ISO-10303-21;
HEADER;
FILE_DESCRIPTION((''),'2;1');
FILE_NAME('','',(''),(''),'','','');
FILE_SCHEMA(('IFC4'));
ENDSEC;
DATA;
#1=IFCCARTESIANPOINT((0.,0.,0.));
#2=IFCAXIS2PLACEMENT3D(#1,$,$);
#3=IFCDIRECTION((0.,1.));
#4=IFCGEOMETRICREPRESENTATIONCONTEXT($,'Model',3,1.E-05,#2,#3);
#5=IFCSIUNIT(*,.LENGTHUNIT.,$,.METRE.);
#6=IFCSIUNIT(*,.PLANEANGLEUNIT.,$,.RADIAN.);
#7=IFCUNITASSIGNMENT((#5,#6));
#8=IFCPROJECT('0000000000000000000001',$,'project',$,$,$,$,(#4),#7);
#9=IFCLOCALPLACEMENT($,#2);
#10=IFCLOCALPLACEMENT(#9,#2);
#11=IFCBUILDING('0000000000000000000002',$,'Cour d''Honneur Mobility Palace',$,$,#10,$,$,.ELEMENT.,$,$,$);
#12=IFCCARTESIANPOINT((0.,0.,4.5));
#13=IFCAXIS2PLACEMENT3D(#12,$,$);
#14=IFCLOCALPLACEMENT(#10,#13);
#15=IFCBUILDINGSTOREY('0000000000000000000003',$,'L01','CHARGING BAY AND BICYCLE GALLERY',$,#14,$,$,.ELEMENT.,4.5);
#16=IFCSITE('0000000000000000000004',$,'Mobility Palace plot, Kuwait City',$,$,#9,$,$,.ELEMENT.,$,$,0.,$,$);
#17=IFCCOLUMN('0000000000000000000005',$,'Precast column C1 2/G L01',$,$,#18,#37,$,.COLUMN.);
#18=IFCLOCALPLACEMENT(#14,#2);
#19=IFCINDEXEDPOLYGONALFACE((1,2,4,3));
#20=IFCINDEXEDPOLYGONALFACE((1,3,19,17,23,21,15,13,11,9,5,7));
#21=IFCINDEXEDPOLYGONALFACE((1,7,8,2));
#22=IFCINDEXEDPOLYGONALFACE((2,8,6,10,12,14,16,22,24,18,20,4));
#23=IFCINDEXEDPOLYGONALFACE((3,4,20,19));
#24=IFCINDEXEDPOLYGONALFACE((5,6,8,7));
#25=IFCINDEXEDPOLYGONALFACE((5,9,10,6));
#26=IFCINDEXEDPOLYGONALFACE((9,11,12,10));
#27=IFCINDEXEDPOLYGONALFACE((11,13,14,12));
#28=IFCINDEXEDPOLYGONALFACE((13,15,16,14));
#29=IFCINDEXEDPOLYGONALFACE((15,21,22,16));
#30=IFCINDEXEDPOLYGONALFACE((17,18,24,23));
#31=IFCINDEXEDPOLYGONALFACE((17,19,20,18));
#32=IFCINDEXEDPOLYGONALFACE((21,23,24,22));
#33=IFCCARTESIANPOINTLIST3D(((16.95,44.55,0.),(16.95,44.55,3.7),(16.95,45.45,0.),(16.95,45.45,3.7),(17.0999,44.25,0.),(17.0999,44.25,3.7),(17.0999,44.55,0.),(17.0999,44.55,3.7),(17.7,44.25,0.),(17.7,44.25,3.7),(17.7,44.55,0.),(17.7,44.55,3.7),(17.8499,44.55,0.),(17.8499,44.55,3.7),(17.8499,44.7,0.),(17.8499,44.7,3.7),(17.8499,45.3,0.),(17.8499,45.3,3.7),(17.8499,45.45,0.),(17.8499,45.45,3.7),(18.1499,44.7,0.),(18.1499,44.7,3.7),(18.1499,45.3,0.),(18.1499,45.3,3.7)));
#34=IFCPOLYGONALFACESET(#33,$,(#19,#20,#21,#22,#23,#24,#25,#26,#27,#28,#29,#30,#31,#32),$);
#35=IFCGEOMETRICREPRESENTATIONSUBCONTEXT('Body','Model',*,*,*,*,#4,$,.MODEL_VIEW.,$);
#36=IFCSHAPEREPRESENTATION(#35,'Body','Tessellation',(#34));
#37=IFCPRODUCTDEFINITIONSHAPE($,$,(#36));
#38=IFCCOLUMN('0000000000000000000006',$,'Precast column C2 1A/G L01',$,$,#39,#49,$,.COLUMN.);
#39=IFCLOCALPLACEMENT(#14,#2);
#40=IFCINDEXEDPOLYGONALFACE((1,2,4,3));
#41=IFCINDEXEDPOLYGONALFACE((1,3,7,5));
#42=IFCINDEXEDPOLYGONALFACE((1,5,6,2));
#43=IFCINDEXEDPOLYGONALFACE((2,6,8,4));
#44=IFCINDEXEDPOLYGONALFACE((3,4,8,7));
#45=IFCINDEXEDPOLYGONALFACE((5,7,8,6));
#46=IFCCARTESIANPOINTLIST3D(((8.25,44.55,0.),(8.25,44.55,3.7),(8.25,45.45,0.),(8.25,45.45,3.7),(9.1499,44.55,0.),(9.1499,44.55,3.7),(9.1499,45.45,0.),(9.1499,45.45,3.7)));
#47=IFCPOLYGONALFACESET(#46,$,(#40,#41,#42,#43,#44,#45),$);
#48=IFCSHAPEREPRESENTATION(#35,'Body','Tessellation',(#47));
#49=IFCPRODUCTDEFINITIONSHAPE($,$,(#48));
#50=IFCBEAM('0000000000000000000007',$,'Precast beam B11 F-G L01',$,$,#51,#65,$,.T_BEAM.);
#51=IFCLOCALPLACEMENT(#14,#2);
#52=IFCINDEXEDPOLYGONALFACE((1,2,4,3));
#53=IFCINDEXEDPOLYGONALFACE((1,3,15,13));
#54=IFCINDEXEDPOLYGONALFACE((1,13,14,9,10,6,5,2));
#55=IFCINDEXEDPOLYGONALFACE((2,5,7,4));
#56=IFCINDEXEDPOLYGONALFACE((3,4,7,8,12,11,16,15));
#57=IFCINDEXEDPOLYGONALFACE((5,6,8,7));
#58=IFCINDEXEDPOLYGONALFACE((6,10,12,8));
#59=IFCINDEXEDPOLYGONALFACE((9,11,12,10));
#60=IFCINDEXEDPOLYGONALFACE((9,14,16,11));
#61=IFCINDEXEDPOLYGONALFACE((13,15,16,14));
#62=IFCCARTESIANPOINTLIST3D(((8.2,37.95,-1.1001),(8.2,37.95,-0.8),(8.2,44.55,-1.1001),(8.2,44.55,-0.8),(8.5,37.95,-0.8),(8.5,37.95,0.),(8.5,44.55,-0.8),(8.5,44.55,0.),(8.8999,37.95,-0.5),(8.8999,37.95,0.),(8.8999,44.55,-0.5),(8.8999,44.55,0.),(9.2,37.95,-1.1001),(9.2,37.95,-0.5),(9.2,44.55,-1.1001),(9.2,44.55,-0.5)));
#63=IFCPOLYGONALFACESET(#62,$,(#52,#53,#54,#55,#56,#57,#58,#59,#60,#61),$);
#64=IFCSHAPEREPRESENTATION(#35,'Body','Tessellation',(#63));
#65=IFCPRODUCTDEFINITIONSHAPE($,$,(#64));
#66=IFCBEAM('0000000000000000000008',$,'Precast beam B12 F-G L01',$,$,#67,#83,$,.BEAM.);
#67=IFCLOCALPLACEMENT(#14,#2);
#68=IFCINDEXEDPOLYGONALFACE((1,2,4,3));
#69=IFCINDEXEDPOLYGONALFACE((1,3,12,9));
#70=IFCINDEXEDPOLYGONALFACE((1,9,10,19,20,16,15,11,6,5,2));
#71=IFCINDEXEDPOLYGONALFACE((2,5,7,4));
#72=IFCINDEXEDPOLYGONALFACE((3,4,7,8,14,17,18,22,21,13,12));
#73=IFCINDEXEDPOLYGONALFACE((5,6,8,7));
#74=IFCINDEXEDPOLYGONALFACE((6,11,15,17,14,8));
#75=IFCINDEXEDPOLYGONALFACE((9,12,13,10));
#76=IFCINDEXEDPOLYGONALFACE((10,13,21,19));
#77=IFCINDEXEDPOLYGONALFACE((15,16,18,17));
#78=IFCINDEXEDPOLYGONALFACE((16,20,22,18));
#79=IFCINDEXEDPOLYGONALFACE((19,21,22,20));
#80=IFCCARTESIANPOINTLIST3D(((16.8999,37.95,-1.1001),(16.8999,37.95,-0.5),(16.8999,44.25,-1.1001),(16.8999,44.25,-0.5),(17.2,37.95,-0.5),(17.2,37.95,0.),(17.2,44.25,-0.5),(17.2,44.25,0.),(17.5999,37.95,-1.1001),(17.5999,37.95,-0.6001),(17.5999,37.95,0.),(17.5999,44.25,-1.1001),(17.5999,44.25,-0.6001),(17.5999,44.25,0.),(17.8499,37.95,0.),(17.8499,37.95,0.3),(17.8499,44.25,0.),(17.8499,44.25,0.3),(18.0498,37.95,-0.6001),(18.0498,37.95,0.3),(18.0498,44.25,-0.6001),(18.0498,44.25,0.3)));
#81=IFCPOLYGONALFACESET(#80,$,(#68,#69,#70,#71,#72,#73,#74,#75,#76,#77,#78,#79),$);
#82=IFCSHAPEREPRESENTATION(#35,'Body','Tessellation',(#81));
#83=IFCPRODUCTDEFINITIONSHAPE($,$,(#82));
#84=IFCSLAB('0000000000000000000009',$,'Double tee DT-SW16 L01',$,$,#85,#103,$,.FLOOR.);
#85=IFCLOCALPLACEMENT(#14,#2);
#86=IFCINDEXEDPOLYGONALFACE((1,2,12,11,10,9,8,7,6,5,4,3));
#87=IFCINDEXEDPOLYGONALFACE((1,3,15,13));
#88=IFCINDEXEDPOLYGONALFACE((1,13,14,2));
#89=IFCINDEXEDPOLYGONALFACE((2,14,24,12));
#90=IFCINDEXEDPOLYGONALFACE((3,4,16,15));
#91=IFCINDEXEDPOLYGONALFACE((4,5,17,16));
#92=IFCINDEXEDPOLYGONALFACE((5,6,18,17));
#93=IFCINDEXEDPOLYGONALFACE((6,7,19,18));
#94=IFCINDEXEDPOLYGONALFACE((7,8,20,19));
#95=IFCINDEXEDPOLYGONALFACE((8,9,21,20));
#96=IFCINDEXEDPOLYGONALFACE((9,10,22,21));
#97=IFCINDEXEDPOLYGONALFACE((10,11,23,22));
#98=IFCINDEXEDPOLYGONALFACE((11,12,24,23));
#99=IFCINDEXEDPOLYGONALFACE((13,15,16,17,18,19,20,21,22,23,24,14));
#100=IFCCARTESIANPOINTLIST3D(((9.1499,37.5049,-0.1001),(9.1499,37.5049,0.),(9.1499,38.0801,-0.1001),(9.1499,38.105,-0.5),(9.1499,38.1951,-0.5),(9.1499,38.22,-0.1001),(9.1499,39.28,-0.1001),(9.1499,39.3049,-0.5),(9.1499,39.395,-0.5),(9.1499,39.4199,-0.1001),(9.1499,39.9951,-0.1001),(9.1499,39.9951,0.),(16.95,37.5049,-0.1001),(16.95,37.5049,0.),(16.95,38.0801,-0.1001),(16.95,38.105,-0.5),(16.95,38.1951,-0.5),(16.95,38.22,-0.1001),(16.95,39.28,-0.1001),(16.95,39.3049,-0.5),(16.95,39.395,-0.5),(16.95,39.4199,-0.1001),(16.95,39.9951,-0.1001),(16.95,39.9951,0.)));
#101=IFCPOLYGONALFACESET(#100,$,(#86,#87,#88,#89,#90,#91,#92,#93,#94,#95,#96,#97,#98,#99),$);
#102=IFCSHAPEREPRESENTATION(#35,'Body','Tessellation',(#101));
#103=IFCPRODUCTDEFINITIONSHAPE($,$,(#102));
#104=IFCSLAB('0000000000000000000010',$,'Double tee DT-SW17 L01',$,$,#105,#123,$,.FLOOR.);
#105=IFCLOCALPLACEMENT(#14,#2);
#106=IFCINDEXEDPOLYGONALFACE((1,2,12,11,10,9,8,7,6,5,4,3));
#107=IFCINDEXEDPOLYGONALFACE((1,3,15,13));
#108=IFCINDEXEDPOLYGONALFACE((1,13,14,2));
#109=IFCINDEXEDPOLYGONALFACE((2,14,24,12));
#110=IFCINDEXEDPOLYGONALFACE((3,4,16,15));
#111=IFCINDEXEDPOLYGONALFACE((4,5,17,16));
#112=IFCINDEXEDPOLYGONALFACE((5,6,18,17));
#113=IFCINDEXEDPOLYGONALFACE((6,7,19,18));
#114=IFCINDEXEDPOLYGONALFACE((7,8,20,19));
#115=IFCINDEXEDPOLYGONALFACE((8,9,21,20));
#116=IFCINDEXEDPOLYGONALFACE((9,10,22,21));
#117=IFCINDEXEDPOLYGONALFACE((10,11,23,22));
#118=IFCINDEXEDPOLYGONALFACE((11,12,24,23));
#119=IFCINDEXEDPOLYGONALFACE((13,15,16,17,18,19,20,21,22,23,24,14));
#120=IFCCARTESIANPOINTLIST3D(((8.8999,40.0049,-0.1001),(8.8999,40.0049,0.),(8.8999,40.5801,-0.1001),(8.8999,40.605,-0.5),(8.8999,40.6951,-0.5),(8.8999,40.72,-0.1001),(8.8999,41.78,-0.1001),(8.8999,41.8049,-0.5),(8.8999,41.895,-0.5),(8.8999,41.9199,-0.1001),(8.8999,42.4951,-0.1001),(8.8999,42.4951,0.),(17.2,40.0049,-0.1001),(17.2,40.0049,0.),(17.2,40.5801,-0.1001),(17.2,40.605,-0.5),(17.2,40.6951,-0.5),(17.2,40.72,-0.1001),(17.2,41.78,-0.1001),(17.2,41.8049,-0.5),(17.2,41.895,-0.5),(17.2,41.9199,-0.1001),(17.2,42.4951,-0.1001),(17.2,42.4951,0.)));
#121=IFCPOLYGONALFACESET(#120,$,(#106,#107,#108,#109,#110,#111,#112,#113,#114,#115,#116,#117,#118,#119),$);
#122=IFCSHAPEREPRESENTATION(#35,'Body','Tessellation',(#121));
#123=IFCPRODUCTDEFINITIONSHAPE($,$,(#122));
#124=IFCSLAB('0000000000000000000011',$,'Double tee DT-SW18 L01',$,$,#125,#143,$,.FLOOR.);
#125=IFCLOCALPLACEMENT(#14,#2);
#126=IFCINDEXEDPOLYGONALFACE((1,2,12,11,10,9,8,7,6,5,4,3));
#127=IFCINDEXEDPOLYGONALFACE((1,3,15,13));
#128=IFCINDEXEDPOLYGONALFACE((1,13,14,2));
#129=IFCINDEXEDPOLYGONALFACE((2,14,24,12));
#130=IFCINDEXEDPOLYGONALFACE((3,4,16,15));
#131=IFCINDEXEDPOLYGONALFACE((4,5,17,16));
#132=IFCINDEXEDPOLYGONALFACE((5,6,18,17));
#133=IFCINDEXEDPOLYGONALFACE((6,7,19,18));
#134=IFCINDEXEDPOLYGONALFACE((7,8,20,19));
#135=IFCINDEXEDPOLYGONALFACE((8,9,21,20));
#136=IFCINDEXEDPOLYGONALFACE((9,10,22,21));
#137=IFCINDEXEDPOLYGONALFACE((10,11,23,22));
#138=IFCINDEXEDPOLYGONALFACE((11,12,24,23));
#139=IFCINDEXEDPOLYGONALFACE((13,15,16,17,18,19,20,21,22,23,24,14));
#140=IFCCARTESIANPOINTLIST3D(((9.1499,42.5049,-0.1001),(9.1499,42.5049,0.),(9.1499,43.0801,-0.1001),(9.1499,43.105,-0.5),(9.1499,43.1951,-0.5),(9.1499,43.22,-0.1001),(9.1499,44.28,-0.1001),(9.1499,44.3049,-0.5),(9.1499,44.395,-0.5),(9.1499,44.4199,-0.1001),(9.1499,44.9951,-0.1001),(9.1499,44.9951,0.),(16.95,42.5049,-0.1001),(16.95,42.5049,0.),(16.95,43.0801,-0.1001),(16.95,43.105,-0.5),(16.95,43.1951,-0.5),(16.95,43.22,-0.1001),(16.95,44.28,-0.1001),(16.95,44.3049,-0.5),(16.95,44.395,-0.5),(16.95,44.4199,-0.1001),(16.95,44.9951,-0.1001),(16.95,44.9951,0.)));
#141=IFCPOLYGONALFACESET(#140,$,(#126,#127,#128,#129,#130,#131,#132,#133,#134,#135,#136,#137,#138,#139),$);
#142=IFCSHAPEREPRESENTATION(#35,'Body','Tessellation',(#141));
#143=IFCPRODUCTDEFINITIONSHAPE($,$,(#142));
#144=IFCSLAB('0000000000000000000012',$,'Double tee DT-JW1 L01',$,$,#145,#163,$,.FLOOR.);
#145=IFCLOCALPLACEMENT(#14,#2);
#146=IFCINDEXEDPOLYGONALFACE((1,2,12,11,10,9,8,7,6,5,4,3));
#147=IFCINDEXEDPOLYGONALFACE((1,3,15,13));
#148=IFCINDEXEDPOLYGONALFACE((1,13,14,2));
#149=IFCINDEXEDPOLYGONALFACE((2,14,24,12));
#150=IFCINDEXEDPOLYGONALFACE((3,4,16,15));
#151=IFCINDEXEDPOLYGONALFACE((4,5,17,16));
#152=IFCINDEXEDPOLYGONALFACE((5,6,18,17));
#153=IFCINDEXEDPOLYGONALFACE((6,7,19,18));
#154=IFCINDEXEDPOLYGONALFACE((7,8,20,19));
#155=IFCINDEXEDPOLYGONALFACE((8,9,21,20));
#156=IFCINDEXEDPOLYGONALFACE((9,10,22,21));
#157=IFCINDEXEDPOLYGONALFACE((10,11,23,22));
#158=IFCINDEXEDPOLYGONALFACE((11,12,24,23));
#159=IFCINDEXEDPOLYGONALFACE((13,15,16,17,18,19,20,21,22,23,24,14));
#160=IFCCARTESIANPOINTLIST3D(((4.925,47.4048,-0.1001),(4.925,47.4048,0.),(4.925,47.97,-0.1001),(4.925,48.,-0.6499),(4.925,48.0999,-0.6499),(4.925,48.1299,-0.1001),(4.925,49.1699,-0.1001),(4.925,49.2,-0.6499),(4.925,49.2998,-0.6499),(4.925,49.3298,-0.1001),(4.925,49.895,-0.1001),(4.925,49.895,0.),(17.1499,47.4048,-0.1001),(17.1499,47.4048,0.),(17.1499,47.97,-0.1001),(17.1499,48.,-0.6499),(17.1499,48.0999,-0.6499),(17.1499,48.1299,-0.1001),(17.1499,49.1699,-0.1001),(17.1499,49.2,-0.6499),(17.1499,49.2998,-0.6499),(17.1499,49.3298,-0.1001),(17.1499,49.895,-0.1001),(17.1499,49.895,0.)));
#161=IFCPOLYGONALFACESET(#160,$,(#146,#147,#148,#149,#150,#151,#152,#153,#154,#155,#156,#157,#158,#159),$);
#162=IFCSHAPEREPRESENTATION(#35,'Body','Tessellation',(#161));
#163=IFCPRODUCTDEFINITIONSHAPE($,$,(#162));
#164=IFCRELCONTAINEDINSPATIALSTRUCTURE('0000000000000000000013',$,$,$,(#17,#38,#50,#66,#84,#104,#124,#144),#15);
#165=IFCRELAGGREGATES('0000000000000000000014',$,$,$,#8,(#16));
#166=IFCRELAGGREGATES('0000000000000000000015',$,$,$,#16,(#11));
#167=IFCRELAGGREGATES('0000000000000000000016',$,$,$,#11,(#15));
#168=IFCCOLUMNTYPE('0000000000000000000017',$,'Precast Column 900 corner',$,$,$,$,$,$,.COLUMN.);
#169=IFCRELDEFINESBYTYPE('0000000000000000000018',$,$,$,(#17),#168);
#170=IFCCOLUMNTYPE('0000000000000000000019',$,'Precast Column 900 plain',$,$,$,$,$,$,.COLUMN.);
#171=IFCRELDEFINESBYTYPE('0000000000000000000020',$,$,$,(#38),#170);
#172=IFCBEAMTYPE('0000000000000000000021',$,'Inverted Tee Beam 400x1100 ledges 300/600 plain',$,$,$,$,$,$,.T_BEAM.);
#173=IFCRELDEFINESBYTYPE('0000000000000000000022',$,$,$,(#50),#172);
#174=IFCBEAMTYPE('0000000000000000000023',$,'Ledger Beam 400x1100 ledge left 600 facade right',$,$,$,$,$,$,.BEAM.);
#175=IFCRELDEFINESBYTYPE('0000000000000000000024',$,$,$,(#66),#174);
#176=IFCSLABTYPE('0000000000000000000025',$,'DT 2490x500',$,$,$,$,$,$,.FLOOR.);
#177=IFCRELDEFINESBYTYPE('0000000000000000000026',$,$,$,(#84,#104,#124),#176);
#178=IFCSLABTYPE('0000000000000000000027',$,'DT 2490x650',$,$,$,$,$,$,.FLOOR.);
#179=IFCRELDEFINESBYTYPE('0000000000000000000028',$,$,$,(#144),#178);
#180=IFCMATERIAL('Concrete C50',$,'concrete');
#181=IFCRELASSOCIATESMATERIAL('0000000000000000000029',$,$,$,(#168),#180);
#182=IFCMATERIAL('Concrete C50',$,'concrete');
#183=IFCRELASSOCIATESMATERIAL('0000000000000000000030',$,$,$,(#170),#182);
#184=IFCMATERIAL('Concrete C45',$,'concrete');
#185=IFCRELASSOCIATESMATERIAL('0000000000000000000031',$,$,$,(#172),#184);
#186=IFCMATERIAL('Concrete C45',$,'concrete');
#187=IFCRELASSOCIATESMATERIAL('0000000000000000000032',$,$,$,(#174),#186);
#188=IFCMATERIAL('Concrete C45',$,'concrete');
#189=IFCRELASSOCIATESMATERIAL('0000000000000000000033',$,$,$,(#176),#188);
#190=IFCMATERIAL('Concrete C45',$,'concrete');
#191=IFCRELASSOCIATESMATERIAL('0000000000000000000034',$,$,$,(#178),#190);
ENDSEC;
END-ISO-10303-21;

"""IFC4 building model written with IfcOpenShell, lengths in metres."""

from ifc_helpers import new_model, si_unit, direction, frame, origin, place, context, subcontext, project, spatial, polyline, outline, extrude, material, material_profile, profile_set, type_object, element, save


model = new_model("IFC4")

# Units and contexts
model_context = context("Model", 3, precision=1e-05, world=origin(), true_north=direction((0.0, 1.0)))
body_context = subcontext(model_context, "Body", "Model", "MODEL_VIEW")
ifc_project = project(units=[si_unit("LENGTHUNIT", "METRE"), si_unit("PLANEANGLEUNIT", "RADIAN")], contexts=[model_context])

# Site, building, storey
site_placement = place(None, origin())
site = spatial("IfcSite", under=ifc_project, at=site_placement, Name="Mobility Palace plot, Kuwait City", CompositionType="ELEMENT", RefElevation=0.0)
building_placement = place(site_placement, origin())
building = spatial("IfcBuilding", under=site, at=building_placement, Name="Cour d'Honneur Mobility Palace", CompositionType="ELEMENT")
storey_placement = place(building_placement, frame((0.0, 0.0, 4.5)))
storey = spatial("IfcBuildingStorey", under=building, at=storey_placement, Name="L01", Description="CHARGING BAY AND BICYCLE GALLERY", CompositionType="ELEMENT", Elevation=4.5)

# Columns
ifc_material_1 = material(Name="Concrete C50", Category="concrete")
ifc_material_profile_1 = material_profile(ifc_material_1, outline(polyline([(-0.45, -0.45), (0.45, -0.45), (0.45, -0.3), (0.75, -0.3), (0.75, 0.3), (0.45, 0.3), (0.45, 0.45), (0.3, 0.45), (0.3, 0.75), (-0.3, 0.75), (-0.3, 0.45), (-0.45, 0.45), (-0.45, -0.45)])), Name="PC C900 corner")
ifc_profile_set_1 = profile_set([ifc_material_profile_1], Name="Concrete C50")
column_type_1 = type_object("IfcColumnType", Name="Precast Column 900 corner", PredefinedType="COLUMN", material=ifc_profile_set_1)
column_1_placement = place(storey_placement, frame((17.3999, 45.0, 0.0), z_axis=(0.0, 0.0, 1.0), x_axis=(0.0, -1.0, 0.0)))
element("IfcColumn", 1, at=column_1_placement, inside=storey, type_object=column_type_1, Name="Precast column C1 2/G L01", PredefinedType="COLUMN", context=body_context, shape_type="SweptSolid", body=[
    extrude(outline(polyline([(-0.45, -0.45), (0.45, -0.45), (0.45, -0.3), (0.75, -0.3), (0.75, 0.3), (0.45, 0.3), (0.45, 0.45), (0.3, 0.45), (0.3, 0.75), (-0.3, 0.75), (-0.3, 0.45), (-0.45, 0.45), (-0.45, -0.45)])), origin(), (0.0, 0.0, 1.0), 3.7),
])
ifc_material_2 = material(Name="Concrete C50", Category="concrete")
ifc_material_profile_2 = material_profile(ifc_material_2, outline(polyline([(-0.45, -0.45), (0.45, -0.45), (0.45, 0.45), (-0.45, 0.45), (-0.45, -0.45)])), Name="PC C900 plain")
ifc_profile_set_2 = profile_set([ifc_material_profile_2], Name="Concrete C50")
column_type_2 = type_object("IfcColumnType", Name="Precast Column 900 plain", PredefinedType="COLUMN", material=ifc_profile_set_2)
column_2_placement = place(storey_placement, frame((8.7, 45.0, 0.0), z_axis=(0.0, 0.0, 1.0), x_axis=(1.0, 0.0, 0.0)))
element("IfcColumn", 2, at=column_2_placement, inside=storey, type_object=column_type_2, Name="Precast column C2 1A/G L01", PredefinedType="COLUMN", context=body_context, shape_type="SweptSolid", body=[
    extrude(outline(polyline([(-0.45, -0.45), (0.45, -0.45), (0.45, 0.45), (-0.45, 0.45), (-0.45, -0.45)])), origin(), (0.0, 0.0, 1.0), 3.7),
])

# Beams
ifc_material_3 = material(Name="Concrete C45", Category="concrete")
ifc_material_profile_3 = material_profile(ifc_material_3, outline(polyline([(0.5, -1.1001), (0.5, -0.8), (0.2, -0.8), (0.2, 0.0), (-0.2, 0.0), (-0.2, -0.5), (-0.5, -0.5), (-0.5, -1.1001), (0.5, -1.1001)])), Name="Inverted Tee Beam 400x1100 ledges 300/600 plain")
ifc_profile_set_3 = profile_set([ifc_material_profile_3], Name="Concrete C45")
beam_type_1 = type_object("IfcBeamType", Name="Inverted Tee Beam 400x1100 ledges 300/600 plain", PredefinedType="T_BEAM", material=ifc_profile_set_3)
beam_1_placement = place(storey_placement, frame((8.7, 37.95, 0.0), z_axis=(0.0, 1.0, 0.0), x_axis=(-1.0, 0.0, 0.0)))
element("IfcBeam", 3, at=beam_1_placement, inside=storey, type_object=beam_type_1, Name="Precast beam B11 F-G L01", PredefinedType="T_BEAM", context=body_context, shape_type="SweptSolid", body=[
    extrude(outline(polyline([(0.5, -1.1001), (0.5, -0.8), (0.2, -0.8), (0.2, 0.0), (-0.2, 0.0), (-0.2, -0.5), (-0.5, -0.5), (-0.5, -1.1001), (0.5, -1.1001)])), origin(), (0.0, 0.0, 1.0), 6.6001),
])
ifc_material_4 = material(Name="Concrete C45", Category="concrete")
ifc_material_profile_4 = material_profile(ifc_material_4, outline(polyline([(0.5, -1.1001), (0.5, -0.5), (0.2, -0.5), (0.2, 0.0), (-0.2, 0.0), (-0.45, 0.0), (-0.45, 0.3), (-0.6499, 0.3), (-0.6499, -0.6001), (-0.2, -0.6001), (-0.2, -1.1001), (0.5, -1.1001)])), Name="Ledger Beam 400x1100 ledge left 600 facade right")
ifc_profile_set_4 = profile_set([ifc_material_profile_4], Name="Concrete C45")
beam_type_2 = type_object("IfcBeamType", Name="Ledger Beam 400x1100 ledge left 600 facade right", PredefinedType="BEAM", material=ifc_profile_set_4)
beam_2_placement = place(storey_placement, frame((17.3999, 37.95, 0.0), z_axis=(0.0, 1.0, 0.0), x_axis=(-1.0, 0.0, 0.0)))
element("IfcBeam", 4, at=beam_2_placement, inside=storey, type_object=beam_type_2, Name="Precast beam B12 F-G L01", PredefinedType="BEAM", context=body_context, shape_type="SweptSolid", body=[
    extrude(outline(polyline([(0.5, -1.1001), (0.5, -0.5), (0.2, -0.5), (0.2, 0.0), (-0.2, 0.0), (-0.45, 0.0), (-0.45, 0.3), (-0.6499, 0.3), (-0.6499, -0.6001), (-0.2, -0.6001), (-0.2, -1.1001), (0.5, -1.1001)])), origin(), (0.0, 0.0, 1.0), 6.3),
])

# Slabs
ifc_material_5 = material(Name="Concrete C45", Category="concrete")
ifc_material_profile_5 = material_profile(ifc_material_5, outline(polyline([(-1.2451, 0.0), (1.2451, 0.0), (1.2451, -0.1001), (0.6699, -0.1001), (0.645, -0.5), (0.5549, -0.5), (0.53, -0.1001), (-0.53, -0.1001), (-0.5549, -0.5), (-0.645, -0.5), (-0.6699, -0.1001), (-1.2451, -0.1001), (-1.2451, 0.0)])), Name="DT 2490x500")
ifc_profile_set_5 = profile_set([ifc_material_profile_5], Name="Concrete C45")
slab_type_1 = type_object("IfcSlabType", Name="DT 2490x500", PredefinedType="FLOOR", material=ifc_profile_set_5)
slab_1_placement = place(storey_placement, frame((9.1499, 38.75, 0.0), z_axis=(1.0, 0.0, 0.0), x_axis=(0.0, 1.0, 0.0)))
element("IfcSlab", 5, at=slab_1_placement, inside=storey, type_object=slab_type_1, Name="Double tee DT-SW16 L01", PredefinedType="FLOOR", context=body_context, shape_type="SweptSolid", body=[
    extrude(outline(polyline([(-1.2451, 0.0), (1.2451, 0.0), (1.2451, -0.1001), (0.6699, -0.1001), (0.645, -0.5), (0.5549, -0.5), (0.53, -0.1001), (-0.53, -0.1001), (-0.5549, -0.5), (-0.645, -0.5), (-0.6699, -0.1001), (-1.2451, -0.1001), (-1.2451, 0.0)])), origin(), (0.0, 0.0, 1.0), 7.8),
])
slab_2_placement = place(storey_placement, frame((8.8999, 41.25, 0.0), z_axis=(1.0, 0.0, 0.0), x_axis=(0.0, 1.0, 0.0)))
element("IfcSlab", 6, at=slab_2_placement, inside=storey, type_object=slab_type_1, Name="Double tee DT-SW17 L01", PredefinedType="FLOOR", context=body_context, shape_type="SweptSolid", body=[
    extrude(outline(polyline([(-1.2451, 0.0), (1.2451, 0.0), (1.2451, -0.1001), (0.6699, -0.1001), (0.645, -0.5), (0.5549, -0.5), (0.53, -0.1001), (-0.53, -0.1001), (-0.5549, -0.5), (-0.645, -0.5), (-0.6699, -0.1001), (-1.2451, -0.1001), (-1.2451, 0.0)])), origin(), (0.0, 0.0, 1.0), 8.3),
])
slab_3_placement = place(storey_placement, frame((9.1499, 43.75, 0.0), z_axis=(1.0, 0.0, 0.0), x_axis=(0.0, 1.0, 0.0)))
element("IfcSlab", 7, at=slab_3_placement, inside=storey, type_object=slab_type_1, Name="Double tee DT-SW18 L01", PredefinedType="FLOOR", context=body_context, shape_type="SweptSolid", body=[
    extrude(outline(polyline([(-1.2451, 0.0), (1.2451, 0.0), (1.2451, -0.1001), (0.6699, -0.1001), (0.645, -0.5), (0.5549, -0.5), (0.53, -0.1001), (-0.53, -0.1001), (-0.5549, -0.5), (-0.645, -0.5), (-0.6699, -0.1001), (-1.2451, -0.1001), (-1.2451, 0.0)])), origin(), (0.0, 0.0, 1.0), 7.8),
])
ifc_material_6 = material(Name="Concrete C45", Category="concrete")
ifc_material_profile_6 = material_profile(ifc_material_6, outline(polyline([(-1.2451, 0.0), (1.2451, 0.0), (1.2451, -0.1001), (0.6799, -0.1001), (0.6499, -0.6499), (0.55, -0.6499), (0.52, -0.1001), (-0.52, -0.1001), (-0.55, -0.6499), (-0.6499, -0.6499), (-0.6799, -0.1001), (-1.2451, -0.1001), (-1.2451, 0.0)])), Name="DT 2490x650")
ifc_profile_set_6 = profile_set([ifc_material_profile_6], Name="Concrete C45")
slab_type_2 = type_object("IfcSlabType", Name="DT 2490x650", PredefinedType="FLOOR", material=ifc_profile_set_6)
for number, where, z_axis, x_axis, name in (
    (8, (4.925, 48.6499, 0.0), (1.0, 0.0, 0.0), (0.0, 1.0, 0.0), "Double tee DT-JW1 L01"),
):
    element("IfcSlab", number, at=place(storey_placement, frame(where, z_axis=z_axis, x_axis=x_axis)), inside=storey, type_object=slab_type_2, Name=name, PredefinedType="FLOOR", context=body_context, shape_type="SweptSolid", body=[
        extrude(outline(polyline([(-1.2451, 0.0), (1.2451, 0.0), (1.2451, -0.1001), (0.6799, -0.1001), (0.6499, -0.6499), (0.55, -0.6499), (0.52, -0.1001), (-0.52, -0.1001), (-0.55, -0.6499), (-0.6499, -0.6499), (-0.6799, -0.1001), (-1.2451, -0.1001), (-1.2451, 0.0)])), origin(), (0.0, 0.0, 1.0), 12.2249),
    ])

save(model, "model.ifc")
